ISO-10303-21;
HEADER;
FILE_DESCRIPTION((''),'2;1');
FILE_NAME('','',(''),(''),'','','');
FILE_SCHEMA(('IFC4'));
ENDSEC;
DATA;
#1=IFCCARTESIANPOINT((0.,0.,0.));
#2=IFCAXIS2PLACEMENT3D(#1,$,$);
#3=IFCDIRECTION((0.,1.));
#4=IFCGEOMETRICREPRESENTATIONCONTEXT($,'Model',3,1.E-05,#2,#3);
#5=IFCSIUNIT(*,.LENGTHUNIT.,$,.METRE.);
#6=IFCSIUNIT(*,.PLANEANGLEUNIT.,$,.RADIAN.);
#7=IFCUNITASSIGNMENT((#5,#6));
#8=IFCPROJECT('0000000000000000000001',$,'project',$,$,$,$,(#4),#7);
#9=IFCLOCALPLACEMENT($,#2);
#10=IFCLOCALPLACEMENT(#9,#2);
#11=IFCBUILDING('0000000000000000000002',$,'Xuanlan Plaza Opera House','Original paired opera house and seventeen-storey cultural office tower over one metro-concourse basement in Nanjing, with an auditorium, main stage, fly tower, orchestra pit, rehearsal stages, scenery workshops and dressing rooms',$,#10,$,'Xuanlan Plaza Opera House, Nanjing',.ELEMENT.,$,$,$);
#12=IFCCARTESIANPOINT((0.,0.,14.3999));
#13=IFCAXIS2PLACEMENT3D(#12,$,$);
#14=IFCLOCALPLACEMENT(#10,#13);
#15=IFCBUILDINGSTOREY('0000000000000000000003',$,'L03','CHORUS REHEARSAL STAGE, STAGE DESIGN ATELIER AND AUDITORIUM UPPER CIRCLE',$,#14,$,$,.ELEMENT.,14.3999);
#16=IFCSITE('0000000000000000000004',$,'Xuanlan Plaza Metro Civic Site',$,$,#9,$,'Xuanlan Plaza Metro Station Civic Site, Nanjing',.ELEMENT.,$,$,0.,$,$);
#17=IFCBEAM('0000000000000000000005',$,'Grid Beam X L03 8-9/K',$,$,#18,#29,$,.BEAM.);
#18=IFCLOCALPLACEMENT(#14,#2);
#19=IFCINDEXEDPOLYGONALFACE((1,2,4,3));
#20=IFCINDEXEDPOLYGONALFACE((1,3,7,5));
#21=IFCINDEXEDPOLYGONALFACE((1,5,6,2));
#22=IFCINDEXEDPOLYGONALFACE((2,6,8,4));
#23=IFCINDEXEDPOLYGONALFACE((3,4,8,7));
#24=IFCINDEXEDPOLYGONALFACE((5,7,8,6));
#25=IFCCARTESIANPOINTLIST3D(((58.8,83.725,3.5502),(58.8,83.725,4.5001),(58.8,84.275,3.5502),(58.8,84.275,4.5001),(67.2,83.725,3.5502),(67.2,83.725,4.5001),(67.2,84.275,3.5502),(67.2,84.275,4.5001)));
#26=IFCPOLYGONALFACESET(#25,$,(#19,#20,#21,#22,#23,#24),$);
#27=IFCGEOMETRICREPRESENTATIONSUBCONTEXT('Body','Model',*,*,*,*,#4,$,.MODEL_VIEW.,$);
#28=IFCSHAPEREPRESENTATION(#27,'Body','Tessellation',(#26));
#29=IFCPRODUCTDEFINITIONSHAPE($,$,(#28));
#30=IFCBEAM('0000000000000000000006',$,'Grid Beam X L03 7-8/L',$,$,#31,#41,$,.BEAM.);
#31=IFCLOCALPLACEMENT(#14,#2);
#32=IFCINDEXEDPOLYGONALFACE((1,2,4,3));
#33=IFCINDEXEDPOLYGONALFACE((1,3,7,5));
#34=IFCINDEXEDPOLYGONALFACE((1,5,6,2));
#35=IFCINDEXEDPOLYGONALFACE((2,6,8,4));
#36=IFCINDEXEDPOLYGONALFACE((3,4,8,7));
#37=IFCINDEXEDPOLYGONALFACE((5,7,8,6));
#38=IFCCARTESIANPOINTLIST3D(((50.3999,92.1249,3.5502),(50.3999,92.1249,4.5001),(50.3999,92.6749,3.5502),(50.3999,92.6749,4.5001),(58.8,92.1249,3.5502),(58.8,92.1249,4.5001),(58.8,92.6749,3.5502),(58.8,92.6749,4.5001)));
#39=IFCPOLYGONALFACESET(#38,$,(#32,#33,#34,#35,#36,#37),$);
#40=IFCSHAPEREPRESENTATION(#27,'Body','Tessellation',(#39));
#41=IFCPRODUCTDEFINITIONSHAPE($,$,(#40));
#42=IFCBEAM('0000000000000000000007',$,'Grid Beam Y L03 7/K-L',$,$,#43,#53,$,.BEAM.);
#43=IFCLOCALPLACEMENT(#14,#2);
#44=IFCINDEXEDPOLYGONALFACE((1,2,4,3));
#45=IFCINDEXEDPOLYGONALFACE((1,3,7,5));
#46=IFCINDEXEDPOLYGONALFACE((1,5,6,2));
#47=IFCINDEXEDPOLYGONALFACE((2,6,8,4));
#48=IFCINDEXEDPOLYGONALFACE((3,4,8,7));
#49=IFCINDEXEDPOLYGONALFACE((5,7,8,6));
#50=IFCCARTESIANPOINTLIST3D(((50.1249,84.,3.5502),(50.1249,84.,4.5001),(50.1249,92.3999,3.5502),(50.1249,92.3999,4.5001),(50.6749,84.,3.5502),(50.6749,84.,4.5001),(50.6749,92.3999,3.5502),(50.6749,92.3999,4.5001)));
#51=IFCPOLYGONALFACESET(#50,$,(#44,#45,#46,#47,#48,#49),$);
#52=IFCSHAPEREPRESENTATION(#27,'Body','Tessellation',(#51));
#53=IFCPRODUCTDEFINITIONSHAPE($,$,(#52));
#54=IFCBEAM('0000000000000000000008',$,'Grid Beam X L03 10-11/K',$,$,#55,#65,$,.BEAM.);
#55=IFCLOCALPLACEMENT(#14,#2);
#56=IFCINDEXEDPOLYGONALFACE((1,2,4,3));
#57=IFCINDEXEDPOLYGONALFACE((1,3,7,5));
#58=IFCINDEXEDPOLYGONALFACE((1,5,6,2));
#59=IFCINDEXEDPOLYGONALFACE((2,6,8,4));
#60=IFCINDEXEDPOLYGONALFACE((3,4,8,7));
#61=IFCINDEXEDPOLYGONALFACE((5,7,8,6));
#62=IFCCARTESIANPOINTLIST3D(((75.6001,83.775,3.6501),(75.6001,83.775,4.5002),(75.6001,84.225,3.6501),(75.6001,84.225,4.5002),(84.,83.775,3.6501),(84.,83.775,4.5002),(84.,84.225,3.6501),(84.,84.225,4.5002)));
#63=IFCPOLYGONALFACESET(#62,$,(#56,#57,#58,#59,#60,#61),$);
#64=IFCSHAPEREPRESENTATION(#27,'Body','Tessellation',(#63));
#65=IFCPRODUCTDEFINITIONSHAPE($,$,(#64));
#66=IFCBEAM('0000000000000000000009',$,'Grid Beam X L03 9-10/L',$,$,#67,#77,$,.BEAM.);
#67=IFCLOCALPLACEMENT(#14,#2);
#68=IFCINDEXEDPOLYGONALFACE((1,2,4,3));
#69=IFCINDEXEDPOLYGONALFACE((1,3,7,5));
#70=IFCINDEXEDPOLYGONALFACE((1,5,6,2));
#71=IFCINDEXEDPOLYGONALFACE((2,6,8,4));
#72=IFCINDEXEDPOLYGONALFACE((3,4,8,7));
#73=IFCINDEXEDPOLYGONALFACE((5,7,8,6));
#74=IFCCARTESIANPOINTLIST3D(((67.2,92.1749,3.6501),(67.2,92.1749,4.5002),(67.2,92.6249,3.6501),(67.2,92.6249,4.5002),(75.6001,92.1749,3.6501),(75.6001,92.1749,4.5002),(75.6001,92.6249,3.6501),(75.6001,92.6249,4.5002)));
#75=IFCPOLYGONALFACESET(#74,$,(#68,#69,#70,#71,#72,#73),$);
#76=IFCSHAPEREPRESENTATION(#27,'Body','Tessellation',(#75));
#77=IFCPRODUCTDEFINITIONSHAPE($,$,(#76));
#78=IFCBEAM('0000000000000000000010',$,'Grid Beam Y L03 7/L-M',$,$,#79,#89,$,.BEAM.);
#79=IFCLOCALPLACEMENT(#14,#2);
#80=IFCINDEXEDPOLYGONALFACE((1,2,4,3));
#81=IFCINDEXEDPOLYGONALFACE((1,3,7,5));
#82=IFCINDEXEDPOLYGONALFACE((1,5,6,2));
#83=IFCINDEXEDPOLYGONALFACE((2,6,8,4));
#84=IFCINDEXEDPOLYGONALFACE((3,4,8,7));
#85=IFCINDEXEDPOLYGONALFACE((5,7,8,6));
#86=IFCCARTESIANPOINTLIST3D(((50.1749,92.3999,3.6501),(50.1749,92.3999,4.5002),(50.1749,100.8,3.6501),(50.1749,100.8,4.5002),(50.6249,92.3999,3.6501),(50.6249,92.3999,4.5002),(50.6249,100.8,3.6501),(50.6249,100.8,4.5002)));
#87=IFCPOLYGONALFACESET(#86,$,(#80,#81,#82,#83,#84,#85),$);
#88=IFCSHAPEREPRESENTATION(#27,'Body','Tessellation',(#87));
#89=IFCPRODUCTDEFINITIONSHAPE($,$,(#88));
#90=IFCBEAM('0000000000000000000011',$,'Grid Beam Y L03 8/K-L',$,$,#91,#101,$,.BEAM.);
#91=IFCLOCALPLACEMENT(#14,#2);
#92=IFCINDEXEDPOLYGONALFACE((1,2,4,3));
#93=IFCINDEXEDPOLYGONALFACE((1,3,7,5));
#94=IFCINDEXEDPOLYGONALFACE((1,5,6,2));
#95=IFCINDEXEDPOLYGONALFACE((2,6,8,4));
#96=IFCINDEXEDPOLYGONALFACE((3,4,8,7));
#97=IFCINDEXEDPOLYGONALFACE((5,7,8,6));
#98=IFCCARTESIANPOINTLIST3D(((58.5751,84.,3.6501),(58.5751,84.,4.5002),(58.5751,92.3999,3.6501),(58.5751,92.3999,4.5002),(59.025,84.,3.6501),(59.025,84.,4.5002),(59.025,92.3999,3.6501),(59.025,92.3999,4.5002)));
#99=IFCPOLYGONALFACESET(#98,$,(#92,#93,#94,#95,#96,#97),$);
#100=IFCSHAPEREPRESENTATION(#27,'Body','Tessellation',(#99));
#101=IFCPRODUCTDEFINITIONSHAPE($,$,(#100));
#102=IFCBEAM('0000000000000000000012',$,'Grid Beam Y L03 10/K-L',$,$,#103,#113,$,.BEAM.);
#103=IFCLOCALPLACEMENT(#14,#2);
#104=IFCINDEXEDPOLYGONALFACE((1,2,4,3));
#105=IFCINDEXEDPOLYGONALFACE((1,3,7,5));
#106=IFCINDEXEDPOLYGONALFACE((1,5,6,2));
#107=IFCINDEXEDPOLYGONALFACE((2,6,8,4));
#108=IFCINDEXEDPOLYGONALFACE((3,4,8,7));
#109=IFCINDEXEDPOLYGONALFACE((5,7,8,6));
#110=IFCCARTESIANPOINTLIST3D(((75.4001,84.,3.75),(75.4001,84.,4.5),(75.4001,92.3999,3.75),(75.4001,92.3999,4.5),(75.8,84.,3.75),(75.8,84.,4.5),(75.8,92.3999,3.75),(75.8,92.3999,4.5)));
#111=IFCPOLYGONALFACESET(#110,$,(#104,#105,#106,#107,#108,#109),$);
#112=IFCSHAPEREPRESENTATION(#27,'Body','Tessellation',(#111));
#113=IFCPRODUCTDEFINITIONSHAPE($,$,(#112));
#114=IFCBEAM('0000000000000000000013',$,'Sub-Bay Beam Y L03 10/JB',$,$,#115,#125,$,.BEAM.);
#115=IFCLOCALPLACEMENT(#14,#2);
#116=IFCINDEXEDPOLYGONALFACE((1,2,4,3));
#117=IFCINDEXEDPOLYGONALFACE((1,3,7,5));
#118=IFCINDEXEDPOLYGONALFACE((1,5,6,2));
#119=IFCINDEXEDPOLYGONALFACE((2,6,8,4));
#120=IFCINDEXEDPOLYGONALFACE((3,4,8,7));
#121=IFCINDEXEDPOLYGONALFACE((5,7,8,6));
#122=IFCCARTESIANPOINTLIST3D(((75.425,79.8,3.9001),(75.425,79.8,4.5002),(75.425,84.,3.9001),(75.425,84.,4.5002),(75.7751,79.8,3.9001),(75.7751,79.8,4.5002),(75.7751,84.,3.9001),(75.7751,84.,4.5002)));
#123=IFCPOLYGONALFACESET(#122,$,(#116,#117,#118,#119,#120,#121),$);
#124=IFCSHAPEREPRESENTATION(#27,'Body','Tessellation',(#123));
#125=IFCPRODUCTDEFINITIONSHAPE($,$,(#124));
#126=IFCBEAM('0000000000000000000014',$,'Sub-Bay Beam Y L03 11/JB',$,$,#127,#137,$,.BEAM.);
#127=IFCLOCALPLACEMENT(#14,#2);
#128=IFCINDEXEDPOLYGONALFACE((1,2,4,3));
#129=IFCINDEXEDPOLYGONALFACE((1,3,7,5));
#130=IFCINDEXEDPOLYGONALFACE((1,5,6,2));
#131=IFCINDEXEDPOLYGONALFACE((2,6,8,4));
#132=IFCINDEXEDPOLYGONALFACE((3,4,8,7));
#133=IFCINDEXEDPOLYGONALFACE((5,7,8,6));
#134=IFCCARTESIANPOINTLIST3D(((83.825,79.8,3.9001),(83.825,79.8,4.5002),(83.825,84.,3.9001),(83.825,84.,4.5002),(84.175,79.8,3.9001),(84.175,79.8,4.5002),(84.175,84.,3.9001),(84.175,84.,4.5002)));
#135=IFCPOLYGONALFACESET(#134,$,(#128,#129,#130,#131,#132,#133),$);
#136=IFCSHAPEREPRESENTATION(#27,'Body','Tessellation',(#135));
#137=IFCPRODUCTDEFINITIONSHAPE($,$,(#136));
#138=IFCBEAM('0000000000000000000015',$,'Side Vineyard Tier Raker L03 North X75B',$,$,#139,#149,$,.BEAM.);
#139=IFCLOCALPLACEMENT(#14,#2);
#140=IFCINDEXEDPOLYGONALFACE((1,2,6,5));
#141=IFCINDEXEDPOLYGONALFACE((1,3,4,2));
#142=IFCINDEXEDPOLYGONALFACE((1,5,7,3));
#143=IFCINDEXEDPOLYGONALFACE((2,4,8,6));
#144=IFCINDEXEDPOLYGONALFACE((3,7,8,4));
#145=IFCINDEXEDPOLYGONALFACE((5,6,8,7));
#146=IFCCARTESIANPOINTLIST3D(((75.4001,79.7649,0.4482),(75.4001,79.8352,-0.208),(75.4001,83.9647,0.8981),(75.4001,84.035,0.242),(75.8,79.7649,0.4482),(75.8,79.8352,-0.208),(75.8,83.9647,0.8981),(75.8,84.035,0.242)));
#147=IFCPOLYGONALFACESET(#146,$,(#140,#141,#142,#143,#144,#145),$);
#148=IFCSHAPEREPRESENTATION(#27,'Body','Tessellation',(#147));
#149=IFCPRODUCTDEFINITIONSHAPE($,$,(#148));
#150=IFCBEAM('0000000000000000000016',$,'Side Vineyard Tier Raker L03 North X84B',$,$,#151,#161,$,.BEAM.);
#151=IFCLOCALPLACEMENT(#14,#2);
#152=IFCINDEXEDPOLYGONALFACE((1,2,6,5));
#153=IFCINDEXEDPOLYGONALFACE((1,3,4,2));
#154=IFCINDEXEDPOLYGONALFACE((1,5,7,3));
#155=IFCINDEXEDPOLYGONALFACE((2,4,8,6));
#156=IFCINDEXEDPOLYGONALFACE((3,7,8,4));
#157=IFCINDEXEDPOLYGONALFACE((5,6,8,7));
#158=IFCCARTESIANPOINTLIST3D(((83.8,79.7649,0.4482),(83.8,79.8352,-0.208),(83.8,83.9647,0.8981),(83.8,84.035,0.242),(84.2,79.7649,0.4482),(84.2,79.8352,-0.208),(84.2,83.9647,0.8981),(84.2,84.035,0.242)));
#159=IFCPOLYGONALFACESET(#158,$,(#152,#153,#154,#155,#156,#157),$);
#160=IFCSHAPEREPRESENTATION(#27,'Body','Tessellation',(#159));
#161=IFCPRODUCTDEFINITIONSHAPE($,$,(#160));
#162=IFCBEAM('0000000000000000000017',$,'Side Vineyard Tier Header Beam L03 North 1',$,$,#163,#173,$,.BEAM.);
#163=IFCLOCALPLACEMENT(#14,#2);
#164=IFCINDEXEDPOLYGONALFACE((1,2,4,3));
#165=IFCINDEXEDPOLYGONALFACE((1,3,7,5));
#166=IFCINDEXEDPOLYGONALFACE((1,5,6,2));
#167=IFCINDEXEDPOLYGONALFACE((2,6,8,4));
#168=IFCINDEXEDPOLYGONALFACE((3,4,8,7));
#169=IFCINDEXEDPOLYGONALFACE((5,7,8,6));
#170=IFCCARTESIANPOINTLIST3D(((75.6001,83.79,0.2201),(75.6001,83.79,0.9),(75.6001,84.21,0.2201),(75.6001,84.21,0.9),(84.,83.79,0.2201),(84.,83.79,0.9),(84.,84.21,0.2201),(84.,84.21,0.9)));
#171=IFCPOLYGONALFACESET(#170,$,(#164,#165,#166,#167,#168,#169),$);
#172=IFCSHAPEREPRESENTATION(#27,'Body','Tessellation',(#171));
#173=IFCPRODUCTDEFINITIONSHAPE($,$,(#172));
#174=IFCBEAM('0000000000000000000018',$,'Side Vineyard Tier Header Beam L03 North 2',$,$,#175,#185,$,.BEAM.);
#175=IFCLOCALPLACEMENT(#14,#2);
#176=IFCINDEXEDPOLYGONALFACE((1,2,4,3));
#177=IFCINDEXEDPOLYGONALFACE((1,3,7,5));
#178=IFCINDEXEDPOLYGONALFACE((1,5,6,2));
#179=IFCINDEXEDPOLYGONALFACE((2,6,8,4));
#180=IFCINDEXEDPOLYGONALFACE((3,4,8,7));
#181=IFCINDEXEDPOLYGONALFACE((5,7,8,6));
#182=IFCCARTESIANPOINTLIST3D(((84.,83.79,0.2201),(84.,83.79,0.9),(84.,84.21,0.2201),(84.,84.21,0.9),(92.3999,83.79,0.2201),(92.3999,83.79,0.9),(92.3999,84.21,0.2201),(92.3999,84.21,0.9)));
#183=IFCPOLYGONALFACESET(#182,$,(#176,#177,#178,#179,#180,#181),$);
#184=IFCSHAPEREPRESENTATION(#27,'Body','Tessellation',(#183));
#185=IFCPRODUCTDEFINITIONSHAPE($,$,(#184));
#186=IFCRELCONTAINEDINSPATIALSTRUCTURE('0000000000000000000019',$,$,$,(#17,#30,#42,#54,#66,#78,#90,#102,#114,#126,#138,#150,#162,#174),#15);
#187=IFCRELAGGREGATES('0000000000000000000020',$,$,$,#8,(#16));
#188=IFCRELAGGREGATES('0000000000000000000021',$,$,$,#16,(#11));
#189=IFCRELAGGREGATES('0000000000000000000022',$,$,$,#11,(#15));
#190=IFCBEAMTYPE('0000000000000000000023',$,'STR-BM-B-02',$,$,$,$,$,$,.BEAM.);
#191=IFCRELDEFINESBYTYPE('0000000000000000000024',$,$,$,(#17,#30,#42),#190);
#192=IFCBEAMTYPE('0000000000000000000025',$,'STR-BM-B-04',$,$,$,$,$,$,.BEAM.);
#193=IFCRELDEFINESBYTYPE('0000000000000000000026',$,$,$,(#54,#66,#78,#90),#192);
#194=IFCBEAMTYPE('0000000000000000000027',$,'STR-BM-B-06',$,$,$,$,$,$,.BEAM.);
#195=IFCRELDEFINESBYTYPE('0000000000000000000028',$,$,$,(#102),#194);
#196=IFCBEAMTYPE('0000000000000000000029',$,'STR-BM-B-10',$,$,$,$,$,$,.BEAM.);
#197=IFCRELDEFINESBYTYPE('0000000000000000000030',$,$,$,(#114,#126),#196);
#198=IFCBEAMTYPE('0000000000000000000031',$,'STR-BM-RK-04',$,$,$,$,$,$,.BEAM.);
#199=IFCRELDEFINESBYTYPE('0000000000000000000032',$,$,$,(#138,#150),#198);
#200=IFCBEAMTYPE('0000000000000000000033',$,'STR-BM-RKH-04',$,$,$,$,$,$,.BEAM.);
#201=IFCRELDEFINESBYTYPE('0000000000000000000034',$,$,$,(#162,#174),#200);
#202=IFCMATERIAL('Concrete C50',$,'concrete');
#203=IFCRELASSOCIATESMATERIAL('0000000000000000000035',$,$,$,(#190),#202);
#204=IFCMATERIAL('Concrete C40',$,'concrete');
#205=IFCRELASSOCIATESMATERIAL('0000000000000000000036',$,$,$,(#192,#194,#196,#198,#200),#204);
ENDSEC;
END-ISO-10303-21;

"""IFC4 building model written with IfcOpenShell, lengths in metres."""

from ifc_helpers import new_model, si_unit, direction, frame, origin, origin_2d, place, context, subcontext, project, spatial, rectangle, extrude, material, material_profile, profile_set, type_object, element, save


model = new_model("IFC4")

# Units and contexts
model_context = context("Model", 3, precision=1e-05, world=origin(), true_north=direction((0.0, 1.0)))
body_context = subcontext(model_context, "Body", "Model", "MODEL_VIEW")
ifc_project = project(units=[si_unit("LENGTHUNIT", "METRE"), si_unit("PLANEANGLEUNIT", "RADIAN")], contexts=[model_context])

# Site, building, storey
site_placement = place(None, origin())
site = spatial("IfcSite", under=ifc_project, at=site_placement, Name="Xuanlan Plaza Metro Civic Site", LongName="Xuanlan Plaza Metro Station Civic Site, Nanjing", CompositionType="ELEMENT", RefElevation=0.0)
building_placement = place(site_placement, origin())
building = spatial("IfcBuilding", under=site, at=building_placement, Name="Xuanlan Plaza Opera House", Description="Original paired opera house and seventeen-storey cultural office tower over one metro-concourse basement in Nanjing, with an auditorium, main stage, fly tower, orchestra pit, rehearsal stages, scenery workshops and dressing rooms", LongName="Xuanlan Plaza Opera House, Nanjing", CompositionType="ELEMENT")
storey_placement = place(building_placement, frame((0.0, 0.0, 14.3999)))
storey = spatial("IfcBuildingStorey", under=building, at=storey_placement, Name="L03", Description="CHORUS REHEARSAL STAGE, STAGE DESIGN ATELIER AND AUDITORIUM UPPER CIRCLE", CompositionType="ELEMENT", Elevation=14.3999)

# Shared definitions
ifc_material_1 = material(Name="Concrete C40", Category="concrete")
ifc_material_2 = material(Name="Concrete C50", Category="concrete")

# Beams
ifc_material_profile_1 = material_profile(ifc_material_2, rectangle(XDim=0.55, YDim=0.95, at=origin_2d()), Name="RC-BM 550x950")
ifc_profile_set_1 = profile_set([ifc_material_profile_1], Name="Concrete C50")
beam_type_1 = type_object("IfcBeamType", Name="STR-BM-B-02", PredefinedType="BEAM", material=ifc_profile_set_1)
beam_1_placement = place(storey_placement, frame((58.8, 84.0, 4.0251), z_axis=(1.0, 0.0, 0.0), x_axis=(0.0, 1.0, 0.0)))
element("IfcBeam", 1, at=beam_1_placement, inside=storey, type_object=beam_type_1, Name="Grid Beam X L03 8-9/K", PredefinedType="BEAM", context=body_context, shape_type="SweptSolid", body=[
    extrude(rectangle(XDim=0.55, YDim=0.95, at=origin_2d()), origin(), (0.0, 0.0, 1.0), 8.3999),
])
beam_2_placement = place(storey_placement, frame((50.3999, 92.3999, 4.0251), z_axis=(1.0, 0.0, 0.0), x_axis=(0.0, 1.0, 0.0)))
element("IfcBeam", 2, at=beam_2_placement, inside=storey, type_object=beam_type_1, Name="Grid Beam X L03 7-8/L", PredefinedType="BEAM", context=body_context, shape_type="SweptSolid", body=[
    extrude(rectangle(XDim=0.55, YDim=0.95, at=origin_2d()), origin(), (0.0, 0.0, 1.0), 8.4001),
])
beam_3_placement = place(storey_placement, frame((50.3999, 84.0, 4.0251), z_axis=(0.0, 1.0, 0.0), x_axis=(-1.0, 0.0, 0.0)))
element("IfcBeam", 3, at=beam_3_placement, inside=storey, type_object=beam_type_1, Name="Grid Beam Y L03 7/K-L", PredefinedType="BEAM", context=body_context, shape_type="SweptSolid", body=[
    extrude(rectangle(XDim=0.55, YDim=0.95, at=origin_2d()), origin(), (0.0, 0.0, 1.0), 8.3999),
])
ifc_material_profile_2 = material_profile(ifc_material_1, rectangle(XDim=0.45, YDim=0.8501, at=origin_2d()), Name="RC-BM 450x850")
ifc_profile_set_2 = profile_set([ifc_material_profile_2], Name="Concrete C40")
beam_type_2 = type_object("IfcBeamType", Name="STR-BM-B-04", PredefinedType="BEAM", material=ifc_profile_set_2)
beam_4_placement = place(storey_placement, frame((75.6001, 84.0, 4.0752), z_axis=(1.0, 0.0, 0.0), x_axis=(0.0, 1.0, 0.0)))
element("IfcBeam", 4, at=beam_4_placement, inside=storey, type_object=beam_type_2, Name="Grid Beam X L03 10-11/K", PredefinedType="BEAM", context=body_context, shape_type="SweptSolid", body=[
    extrude(rectangle(XDim=0.45, YDim=0.8501, at=origin_2d()), origin(), (0.0, 0.0, 1.0), 8.3999),
])
for number, where, z_axis, x_axis, name in (
    (5, (67.2, 92.3999, 4.0752), (1.0, 0.0, 0.0), (0.0, 1.0, 0.0), "Grid Beam X L03 9-10/L"),
    (6, (50.3999, 92.3999, 4.0752), (0.0, 1.0, 0.0), (-1.0, 0.0, 0.0), "Grid Beam Y L03 7/L-M"),
):
    element("IfcBeam", number, at=place(storey_placement, frame(where, z_axis=z_axis, x_axis=x_axis)), inside=storey, type_object=beam_type_2, Name=name, PredefinedType="BEAM", context=body_context, shape_type="SweptSolid", body=[
        extrude(rectangle(XDim=0.45, YDim=0.8501, at=origin_2d()), origin(), (0.0, 0.0, 1.0), 8.4001),
    ])
beam_5_placement = place(storey_placement, frame((58.8, 84.0, 4.0752), z_axis=(0.0, 1.0, 0.0), x_axis=(-1.0, 0.0, 0.0)))
element("IfcBeam", 7, at=beam_5_placement, inside=storey, type_object=beam_type_2, Name="Grid Beam Y L03 8/K-L", PredefinedType="BEAM", context=body_context, shape_type="SweptSolid", body=[
    extrude(rectangle(XDim=0.45, YDim=0.8501, at=origin_2d()), origin(), (0.0, 0.0, 1.0), 8.3999),
])
ifc_material_profile_3 = material_profile(ifc_material_1, rectangle(XDim=0.3999, YDim=0.75, at=origin_2d()), Name="RC-BM 400x750")
ifc_profile_set_3 = profile_set([ifc_material_profile_3], Name="Concrete C40")
beam_type_3 = type_object("IfcBeamType", Name="STR-BM-B-06", PredefinedType="BEAM", material=ifc_profile_set_3)
beam_6_placement = place(storey_placement, frame((75.6001, 84.0, 4.125), z_axis=(0.0, 1.0, 0.0), x_axis=(-1.0, 0.0, 0.0)))
element("IfcBeam", 8, at=beam_6_placement, inside=storey, type_object=beam_type_3, Name="Grid Beam Y L03 10/K-L", PredefinedType="BEAM", context=body_context, shape_type="SweptSolid", body=[
    extrude(rectangle(XDim=0.3999, YDim=0.75, at=origin_2d()), origin(), (0.0, 0.0, 1.0), 8.3999),
])
ifc_material_profile_4 = material_profile(ifc_material_1, rectangle(XDim=0.3501, YDim=0.6001, at=origin_2d()), Name="RC-BM 350x600")
ifc_profile_set_4 = profile_set([ifc_material_profile_4], Name="Concrete C40")
beam_type_4 = type_object("IfcBeamType", Name="STR-BM-B-10", PredefinedType="BEAM", material=ifc_profile_set_4)
for number, where, z_axis, x_axis, name in (
    (9, (75.6001, 79.8, 4.2002), (0.0, 1.0, 0.0), (-1.0, 0.0, 0.0), "Sub-Bay Beam Y L03 10/JB"),
    (10, (84.0, 79.8, 4.2002), (0.0, 1.0, 0.0), (-1.0, 0.0, 0.0), "Sub-Bay Beam Y L03 11/JB"),
):
    element("IfcBeam", number, at=place(storey_placement, frame(where, z_axis=z_axis, x_axis=x_axis)), inside=storey, type_object=beam_type_4, Name=name, PredefinedType="BEAM", context=body_context, shape_type="SweptSolid", body=[
        extrude(rectangle(XDim=0.3501, YDim=0.6001, at=origin_2d()), origin(), (0.0, 0.0, 1.0), 4.2),
    ])
ifc_material_profile_5 = material_profile(ifc_material_1, rectangle(XDim=0.3999, YDim=0.6599, at=origin_2d()), Name="RC-RKR 400x660")
ifc_profile_set_5 = profile_set([ifc_material_profile_5], Name="Concrete C40")
beam_type_5 = type_object("IfcBeamType", Name="STR-BM-RK-04", PredefinedType="BEAM", material=ifc_profile_set_5)
for number, where, z_axis, x_axis, name in (
    (11, (75.6001, 79.8, 0.1201), (0.0, 0.99431, 0.106523), (-1.0, 0.0, 0.0), "Side Vineyard Tier Raker L03 North X75B"),
    (12, (84.0, 79.8, 0.1201), (0.0, 0.99431, 0.106523), (-1.0, 0.0, 0.0), "Side Vineyard Tier Raker L03 North X84B"),
):
    element("IfcBeam", number, at=place(storey_placement, frame(where, z_axis=z_axis, x_axis=x_axis)), inside=storey, type_object=beam_type_5, Name=name, PredefinedType="BEAM", context=body_context, shape_type="SweptSolid", body=[
        extrude(rectangle(XDim=0.3999, YDim=0.6599, at=origin_2d()), origin(), (0.0, 0.0, 1.0), 4.2239),
    ])
ifc_material_profile_6 = material_profile(ifc_material_1, rectangle(XDim=0.4199, YDim=0.6799, at=origin_2d()), Name="RC-RKR 420x680")
ifc_profile_set_6 = profile_set([ifc_material_profile_6], Name="Concrete C40")
beam_type_6 = type_object("IfcBeamType", Name="STR-BM-RKH-04", PredefinedType="BEAM", material=ifc_profile_set_6)
for number, where, z_axis, x_axis, name in (
    (13, (75.6001, 84.0, 0.5601), (1.0, 0.0, 0.0), (0.0, 1.0, 0.0), "Side Vineyard Tier Header Beam L03 North 1"),
    (14, (84.0, 84.0, 0.5601), (1.0, 0.0, 0.0), (0.0, 1.0, 0.0), "Side Vineyard Tier Header Beam L03 North 2"),
):
    element("IfcBeam", number, at=place(storey_placement, frame(where, z_axis=z_axis, x_axis=x_axis)), inside=storey, type_object=beam_type_6, Name=name, PredefinedType="BEAM", context=body_context, shape_type="SweptSolid", body=[
        extrude(rectangle(XDim=0.4199, YDim=0.6799, at=origin_2d()), origin(), (0.0, 0.0, 1.0), 8.3999),
    ])

save(model, "model.ifc")
